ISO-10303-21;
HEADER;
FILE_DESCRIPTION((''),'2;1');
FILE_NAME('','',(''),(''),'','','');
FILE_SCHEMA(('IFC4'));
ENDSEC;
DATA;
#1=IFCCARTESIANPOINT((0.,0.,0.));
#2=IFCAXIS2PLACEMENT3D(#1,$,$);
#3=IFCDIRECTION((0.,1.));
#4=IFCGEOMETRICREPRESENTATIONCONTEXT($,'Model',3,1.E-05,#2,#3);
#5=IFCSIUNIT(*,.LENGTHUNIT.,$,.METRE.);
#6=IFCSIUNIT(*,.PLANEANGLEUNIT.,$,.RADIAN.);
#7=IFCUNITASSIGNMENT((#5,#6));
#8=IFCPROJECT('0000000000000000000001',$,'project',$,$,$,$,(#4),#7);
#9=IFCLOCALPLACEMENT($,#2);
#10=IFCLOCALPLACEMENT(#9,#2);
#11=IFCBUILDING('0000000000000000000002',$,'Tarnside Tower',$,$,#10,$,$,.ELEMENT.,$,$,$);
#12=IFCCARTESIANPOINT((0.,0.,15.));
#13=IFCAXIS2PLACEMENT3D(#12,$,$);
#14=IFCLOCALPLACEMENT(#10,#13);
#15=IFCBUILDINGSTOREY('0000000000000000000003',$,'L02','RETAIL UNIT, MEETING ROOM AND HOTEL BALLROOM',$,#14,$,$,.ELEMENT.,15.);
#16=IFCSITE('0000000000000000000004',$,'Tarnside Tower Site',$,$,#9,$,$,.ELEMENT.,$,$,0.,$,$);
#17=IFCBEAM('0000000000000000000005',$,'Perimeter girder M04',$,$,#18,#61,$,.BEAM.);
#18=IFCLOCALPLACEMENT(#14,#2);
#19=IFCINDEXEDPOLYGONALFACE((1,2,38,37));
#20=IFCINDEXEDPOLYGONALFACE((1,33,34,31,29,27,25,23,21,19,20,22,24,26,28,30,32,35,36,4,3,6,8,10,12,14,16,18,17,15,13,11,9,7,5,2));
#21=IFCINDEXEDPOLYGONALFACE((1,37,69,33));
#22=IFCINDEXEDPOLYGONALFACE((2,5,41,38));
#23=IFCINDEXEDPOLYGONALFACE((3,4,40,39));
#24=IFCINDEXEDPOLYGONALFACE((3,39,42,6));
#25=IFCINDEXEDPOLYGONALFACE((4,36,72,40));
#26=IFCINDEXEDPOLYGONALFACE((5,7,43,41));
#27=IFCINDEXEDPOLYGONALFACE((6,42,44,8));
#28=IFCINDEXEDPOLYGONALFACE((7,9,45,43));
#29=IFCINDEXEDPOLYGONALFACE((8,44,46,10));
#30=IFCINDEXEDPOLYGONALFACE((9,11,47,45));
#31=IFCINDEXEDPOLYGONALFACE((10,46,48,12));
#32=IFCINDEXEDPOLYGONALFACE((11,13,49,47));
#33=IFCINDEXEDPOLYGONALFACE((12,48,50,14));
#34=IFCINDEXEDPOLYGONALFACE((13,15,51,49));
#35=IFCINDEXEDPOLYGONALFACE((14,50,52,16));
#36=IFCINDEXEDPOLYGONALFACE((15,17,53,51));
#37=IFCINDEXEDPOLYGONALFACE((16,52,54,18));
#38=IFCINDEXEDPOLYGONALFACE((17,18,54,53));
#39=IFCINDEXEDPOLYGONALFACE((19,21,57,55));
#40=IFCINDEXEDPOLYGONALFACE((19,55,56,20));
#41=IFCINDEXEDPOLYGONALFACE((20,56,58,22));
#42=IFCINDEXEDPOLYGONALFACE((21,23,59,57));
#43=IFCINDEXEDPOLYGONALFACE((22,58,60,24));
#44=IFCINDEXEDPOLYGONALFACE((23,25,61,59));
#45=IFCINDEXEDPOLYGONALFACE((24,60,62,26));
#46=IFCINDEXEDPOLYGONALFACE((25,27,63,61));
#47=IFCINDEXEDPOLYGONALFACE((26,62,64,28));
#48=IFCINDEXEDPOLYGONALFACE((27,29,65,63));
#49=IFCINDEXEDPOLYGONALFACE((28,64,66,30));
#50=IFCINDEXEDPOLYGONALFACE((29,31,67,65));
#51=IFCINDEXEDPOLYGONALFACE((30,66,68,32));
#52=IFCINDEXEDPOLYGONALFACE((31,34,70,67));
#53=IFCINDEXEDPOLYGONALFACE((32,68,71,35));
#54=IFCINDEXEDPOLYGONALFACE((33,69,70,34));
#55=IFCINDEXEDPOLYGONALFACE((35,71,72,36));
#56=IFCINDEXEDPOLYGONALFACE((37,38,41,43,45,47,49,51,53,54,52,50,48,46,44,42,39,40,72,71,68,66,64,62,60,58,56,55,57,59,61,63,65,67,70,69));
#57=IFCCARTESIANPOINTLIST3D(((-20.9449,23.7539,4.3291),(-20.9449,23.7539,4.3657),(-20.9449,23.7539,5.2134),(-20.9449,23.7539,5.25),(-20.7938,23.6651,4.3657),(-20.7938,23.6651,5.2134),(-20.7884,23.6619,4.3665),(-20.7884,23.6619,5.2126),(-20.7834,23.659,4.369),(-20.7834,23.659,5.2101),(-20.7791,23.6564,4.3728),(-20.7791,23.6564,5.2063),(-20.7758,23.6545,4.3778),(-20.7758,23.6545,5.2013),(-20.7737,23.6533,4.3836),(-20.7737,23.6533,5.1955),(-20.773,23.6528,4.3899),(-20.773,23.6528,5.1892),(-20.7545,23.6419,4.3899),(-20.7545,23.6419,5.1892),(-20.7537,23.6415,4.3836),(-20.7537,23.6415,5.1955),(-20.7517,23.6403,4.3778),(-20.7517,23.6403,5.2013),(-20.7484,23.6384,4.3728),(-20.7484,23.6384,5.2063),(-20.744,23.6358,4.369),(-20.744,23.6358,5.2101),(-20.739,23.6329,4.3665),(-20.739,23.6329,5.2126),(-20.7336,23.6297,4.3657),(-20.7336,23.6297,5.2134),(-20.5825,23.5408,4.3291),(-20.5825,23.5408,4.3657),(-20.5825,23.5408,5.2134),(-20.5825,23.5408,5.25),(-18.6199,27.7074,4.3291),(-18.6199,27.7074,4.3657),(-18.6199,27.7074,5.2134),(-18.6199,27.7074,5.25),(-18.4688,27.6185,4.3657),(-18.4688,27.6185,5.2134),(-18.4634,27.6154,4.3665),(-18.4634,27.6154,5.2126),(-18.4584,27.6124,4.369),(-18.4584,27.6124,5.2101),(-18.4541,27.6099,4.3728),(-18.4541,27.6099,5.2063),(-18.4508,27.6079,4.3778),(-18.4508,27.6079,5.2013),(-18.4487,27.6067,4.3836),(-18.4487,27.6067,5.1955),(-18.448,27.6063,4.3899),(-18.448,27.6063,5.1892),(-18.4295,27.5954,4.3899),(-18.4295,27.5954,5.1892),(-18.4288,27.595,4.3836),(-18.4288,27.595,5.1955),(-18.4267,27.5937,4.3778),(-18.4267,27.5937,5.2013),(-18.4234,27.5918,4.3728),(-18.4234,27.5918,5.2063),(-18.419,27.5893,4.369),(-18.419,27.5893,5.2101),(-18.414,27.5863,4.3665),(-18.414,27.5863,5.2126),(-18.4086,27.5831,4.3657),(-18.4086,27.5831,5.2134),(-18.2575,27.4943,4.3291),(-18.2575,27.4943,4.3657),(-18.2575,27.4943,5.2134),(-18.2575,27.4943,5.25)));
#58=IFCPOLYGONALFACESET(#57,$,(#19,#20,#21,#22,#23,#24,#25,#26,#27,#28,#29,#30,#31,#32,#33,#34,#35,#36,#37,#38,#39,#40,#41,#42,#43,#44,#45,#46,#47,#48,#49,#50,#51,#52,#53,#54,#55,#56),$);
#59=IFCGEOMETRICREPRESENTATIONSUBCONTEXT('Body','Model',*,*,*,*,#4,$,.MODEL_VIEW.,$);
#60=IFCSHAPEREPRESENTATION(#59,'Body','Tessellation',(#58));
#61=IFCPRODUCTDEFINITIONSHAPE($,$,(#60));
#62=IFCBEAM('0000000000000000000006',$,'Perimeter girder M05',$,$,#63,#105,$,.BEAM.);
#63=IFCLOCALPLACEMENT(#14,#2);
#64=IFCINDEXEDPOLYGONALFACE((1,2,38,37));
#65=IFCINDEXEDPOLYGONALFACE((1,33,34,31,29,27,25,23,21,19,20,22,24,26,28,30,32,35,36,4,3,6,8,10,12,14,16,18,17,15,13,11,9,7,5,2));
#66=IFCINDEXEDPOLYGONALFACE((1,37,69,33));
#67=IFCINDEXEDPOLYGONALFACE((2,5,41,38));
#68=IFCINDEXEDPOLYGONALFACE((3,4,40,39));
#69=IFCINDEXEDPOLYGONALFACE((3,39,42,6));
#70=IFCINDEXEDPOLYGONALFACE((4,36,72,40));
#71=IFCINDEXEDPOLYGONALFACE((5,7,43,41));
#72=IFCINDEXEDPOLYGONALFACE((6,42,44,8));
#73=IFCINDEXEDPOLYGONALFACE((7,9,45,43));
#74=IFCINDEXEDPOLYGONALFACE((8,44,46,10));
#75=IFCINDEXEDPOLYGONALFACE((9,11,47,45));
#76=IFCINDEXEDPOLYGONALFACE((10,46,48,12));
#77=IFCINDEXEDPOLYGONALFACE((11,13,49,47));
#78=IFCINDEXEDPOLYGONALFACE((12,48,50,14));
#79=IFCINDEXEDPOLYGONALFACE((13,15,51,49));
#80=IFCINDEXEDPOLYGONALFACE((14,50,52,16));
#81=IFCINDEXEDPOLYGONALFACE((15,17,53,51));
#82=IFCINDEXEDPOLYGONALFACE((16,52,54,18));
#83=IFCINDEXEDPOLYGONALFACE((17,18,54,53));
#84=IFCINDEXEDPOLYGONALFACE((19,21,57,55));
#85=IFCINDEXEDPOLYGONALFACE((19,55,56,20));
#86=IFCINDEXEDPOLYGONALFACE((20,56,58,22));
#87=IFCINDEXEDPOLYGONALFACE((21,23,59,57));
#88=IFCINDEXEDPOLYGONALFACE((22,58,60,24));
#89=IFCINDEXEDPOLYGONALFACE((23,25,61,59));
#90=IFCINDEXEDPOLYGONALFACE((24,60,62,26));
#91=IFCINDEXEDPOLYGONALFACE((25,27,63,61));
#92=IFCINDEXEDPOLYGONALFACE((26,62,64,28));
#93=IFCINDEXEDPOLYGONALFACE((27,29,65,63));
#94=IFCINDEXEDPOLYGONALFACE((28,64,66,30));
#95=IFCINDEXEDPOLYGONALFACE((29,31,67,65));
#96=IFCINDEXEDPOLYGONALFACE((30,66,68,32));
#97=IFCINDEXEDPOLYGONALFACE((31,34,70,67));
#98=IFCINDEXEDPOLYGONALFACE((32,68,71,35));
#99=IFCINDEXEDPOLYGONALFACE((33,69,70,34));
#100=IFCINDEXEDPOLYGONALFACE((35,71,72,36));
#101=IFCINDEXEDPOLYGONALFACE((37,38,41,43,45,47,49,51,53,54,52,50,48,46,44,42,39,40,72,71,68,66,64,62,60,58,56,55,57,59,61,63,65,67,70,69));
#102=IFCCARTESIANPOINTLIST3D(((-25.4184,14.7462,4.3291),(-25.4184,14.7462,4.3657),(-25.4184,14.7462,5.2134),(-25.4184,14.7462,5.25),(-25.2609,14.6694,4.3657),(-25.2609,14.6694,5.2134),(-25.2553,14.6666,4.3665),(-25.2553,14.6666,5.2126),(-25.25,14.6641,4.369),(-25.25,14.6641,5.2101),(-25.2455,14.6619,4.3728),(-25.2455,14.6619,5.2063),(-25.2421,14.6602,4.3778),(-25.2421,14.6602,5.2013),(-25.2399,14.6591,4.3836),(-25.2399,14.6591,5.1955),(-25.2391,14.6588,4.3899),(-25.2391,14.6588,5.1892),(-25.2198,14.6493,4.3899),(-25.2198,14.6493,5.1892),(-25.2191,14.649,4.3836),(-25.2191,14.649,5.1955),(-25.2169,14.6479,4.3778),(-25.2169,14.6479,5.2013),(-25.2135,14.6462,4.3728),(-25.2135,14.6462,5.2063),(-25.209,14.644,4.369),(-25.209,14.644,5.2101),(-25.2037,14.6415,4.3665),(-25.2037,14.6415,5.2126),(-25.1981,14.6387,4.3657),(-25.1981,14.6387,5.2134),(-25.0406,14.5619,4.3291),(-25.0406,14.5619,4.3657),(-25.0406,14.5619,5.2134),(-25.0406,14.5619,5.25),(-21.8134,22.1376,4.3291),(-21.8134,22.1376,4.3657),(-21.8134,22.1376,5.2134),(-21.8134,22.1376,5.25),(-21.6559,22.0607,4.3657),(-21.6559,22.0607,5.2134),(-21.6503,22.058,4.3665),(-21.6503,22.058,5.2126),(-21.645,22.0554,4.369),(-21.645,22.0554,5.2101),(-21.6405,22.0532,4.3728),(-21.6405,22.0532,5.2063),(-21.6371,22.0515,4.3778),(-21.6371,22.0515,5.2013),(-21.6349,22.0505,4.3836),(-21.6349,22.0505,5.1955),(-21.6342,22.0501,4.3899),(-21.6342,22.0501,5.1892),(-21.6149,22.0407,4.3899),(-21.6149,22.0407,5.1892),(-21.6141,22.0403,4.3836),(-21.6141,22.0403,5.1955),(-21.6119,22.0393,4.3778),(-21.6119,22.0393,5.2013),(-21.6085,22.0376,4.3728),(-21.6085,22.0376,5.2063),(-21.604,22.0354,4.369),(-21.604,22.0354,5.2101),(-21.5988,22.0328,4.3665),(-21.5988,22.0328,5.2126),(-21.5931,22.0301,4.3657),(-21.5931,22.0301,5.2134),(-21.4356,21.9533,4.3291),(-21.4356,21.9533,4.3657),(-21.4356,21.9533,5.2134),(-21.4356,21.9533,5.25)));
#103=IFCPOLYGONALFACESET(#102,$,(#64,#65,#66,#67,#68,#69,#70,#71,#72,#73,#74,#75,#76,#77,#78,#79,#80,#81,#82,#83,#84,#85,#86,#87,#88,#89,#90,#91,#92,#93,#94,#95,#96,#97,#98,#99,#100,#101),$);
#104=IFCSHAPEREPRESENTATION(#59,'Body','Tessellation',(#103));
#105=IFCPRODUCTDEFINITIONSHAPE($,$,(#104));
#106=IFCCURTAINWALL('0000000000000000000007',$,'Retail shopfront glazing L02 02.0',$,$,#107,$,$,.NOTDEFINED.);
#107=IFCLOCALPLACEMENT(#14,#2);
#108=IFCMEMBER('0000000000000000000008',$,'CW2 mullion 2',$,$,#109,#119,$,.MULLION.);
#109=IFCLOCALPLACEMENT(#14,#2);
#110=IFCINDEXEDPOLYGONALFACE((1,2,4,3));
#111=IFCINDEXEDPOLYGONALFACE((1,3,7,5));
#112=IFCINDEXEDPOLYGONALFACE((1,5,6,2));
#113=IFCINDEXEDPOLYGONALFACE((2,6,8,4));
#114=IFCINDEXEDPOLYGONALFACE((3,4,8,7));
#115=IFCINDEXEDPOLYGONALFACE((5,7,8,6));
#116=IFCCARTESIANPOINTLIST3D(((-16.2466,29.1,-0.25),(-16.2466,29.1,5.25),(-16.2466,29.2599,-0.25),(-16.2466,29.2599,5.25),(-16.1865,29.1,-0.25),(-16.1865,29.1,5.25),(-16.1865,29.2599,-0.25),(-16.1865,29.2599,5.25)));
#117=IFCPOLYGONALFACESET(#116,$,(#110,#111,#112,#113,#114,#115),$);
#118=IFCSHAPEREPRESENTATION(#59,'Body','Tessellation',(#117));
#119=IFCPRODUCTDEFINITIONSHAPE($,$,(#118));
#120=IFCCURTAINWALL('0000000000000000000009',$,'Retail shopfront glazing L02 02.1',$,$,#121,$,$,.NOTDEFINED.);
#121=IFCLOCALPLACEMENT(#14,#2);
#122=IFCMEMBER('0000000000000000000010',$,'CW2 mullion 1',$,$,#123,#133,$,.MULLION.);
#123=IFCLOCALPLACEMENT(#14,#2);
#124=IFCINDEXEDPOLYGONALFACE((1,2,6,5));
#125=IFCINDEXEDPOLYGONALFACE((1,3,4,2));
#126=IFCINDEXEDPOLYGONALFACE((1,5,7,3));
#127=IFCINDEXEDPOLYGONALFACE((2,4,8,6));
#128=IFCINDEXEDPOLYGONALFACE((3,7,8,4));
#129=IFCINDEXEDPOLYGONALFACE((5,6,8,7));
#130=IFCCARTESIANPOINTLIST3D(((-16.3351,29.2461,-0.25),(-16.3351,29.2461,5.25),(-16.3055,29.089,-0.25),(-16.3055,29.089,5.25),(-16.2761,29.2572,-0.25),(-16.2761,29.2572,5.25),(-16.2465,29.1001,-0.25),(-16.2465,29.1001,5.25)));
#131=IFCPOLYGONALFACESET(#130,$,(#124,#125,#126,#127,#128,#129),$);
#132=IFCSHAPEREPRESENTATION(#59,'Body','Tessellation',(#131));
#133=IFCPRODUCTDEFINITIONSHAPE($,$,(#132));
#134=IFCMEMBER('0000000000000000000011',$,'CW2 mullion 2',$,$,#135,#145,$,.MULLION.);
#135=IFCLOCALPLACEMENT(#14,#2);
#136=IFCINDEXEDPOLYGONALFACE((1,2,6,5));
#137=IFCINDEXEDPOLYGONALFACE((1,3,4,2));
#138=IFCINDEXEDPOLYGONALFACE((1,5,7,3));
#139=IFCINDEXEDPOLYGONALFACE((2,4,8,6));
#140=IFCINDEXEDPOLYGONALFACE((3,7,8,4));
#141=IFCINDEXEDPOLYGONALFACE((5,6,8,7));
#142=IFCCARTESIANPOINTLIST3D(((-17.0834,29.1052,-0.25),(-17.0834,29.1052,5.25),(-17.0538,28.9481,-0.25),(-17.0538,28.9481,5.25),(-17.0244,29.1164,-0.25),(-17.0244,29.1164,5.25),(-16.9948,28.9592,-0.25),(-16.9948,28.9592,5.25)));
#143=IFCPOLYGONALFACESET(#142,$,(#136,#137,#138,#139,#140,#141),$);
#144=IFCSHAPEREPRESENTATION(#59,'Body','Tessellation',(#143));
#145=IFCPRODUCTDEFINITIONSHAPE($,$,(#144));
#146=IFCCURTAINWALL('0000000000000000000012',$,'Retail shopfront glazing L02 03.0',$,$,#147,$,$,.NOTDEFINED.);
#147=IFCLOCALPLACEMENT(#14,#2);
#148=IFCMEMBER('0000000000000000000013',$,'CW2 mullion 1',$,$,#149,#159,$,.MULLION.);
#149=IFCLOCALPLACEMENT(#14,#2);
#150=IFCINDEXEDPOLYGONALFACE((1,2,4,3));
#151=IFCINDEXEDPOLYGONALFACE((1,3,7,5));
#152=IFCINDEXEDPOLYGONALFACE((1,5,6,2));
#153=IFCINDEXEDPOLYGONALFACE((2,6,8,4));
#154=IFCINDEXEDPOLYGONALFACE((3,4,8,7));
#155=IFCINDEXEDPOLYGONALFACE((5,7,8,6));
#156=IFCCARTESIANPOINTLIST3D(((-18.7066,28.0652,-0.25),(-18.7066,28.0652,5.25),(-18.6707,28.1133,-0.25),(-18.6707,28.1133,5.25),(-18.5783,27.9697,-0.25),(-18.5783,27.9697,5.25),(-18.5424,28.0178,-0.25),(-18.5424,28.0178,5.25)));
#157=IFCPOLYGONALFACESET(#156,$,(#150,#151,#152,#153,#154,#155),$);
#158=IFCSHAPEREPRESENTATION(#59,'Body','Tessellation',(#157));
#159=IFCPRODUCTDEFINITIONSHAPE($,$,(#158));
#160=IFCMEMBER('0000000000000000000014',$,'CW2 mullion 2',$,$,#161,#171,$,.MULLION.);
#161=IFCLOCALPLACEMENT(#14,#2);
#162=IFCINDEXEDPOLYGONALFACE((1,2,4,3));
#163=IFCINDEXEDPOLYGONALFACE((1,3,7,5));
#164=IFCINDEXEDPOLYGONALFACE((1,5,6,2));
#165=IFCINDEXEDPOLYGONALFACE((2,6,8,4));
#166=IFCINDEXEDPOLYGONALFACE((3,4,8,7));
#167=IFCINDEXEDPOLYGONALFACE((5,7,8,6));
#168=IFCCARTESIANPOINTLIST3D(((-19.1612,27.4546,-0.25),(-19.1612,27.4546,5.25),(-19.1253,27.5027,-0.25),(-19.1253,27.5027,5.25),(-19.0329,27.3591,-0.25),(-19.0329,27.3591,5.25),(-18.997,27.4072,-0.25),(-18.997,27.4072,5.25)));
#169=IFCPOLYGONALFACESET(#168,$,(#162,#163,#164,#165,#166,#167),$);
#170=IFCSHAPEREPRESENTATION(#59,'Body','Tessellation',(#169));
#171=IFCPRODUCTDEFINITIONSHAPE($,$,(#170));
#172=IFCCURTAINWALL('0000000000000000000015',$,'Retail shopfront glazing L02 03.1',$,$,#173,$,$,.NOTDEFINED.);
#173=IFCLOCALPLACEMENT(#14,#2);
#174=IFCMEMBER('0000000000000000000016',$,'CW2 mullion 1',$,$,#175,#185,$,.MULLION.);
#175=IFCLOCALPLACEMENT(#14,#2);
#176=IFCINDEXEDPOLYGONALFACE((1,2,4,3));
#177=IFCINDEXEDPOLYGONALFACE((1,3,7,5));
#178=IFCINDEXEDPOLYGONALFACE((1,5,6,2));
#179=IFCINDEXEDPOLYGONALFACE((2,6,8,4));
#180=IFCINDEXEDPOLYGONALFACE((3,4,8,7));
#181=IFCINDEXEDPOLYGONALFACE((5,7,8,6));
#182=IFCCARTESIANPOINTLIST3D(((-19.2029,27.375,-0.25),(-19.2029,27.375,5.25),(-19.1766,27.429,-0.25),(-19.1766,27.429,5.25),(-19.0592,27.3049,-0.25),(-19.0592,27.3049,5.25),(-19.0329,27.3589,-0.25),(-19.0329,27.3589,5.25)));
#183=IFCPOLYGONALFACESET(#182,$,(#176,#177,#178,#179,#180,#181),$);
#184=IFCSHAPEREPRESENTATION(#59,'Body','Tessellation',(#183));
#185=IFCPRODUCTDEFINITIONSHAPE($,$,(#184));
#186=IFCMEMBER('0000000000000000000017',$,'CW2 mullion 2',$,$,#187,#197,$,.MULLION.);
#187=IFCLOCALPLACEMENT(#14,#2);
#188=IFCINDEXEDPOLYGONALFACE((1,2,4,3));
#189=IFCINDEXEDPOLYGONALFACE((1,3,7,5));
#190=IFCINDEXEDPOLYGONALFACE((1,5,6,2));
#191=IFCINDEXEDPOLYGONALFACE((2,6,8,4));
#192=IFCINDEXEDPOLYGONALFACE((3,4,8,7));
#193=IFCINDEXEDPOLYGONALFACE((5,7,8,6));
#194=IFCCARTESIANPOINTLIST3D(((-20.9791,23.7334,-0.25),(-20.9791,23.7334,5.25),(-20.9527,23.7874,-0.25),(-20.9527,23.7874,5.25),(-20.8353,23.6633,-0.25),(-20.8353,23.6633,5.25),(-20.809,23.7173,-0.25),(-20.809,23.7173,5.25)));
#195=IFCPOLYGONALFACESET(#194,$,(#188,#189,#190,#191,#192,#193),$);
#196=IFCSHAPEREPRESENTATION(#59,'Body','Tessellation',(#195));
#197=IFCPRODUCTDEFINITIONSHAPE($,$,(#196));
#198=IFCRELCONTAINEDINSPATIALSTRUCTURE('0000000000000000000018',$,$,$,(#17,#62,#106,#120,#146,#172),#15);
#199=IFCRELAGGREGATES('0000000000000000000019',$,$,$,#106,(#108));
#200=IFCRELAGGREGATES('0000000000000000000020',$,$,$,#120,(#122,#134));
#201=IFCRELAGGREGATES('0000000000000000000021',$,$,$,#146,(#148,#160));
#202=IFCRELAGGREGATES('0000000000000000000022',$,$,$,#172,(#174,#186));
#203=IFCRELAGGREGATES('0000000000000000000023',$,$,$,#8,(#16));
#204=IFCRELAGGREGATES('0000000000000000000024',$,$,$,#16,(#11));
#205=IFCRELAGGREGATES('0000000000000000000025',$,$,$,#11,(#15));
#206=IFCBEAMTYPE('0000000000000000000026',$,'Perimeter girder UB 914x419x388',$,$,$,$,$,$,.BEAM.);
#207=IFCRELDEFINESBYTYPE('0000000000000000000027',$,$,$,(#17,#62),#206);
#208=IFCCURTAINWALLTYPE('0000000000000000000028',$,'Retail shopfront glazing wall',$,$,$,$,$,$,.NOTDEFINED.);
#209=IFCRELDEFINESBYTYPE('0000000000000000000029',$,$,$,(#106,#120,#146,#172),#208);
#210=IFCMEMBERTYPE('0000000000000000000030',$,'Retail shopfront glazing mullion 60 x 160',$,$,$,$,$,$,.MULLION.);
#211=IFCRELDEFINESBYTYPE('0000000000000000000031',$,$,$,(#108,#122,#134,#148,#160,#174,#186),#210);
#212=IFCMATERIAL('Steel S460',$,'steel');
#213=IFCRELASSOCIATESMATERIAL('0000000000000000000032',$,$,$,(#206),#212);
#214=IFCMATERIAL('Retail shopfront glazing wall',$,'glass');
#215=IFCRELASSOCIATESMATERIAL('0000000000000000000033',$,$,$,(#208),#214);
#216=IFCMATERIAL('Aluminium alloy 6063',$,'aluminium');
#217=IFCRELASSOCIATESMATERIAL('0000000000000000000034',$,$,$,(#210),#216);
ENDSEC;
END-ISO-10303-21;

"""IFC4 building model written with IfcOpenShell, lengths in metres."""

from ifc_helpers import new_model, si_unit, direction, frame, origin, origin_2d, place, context, subcontext, project, spatial, rectangle, i_section, extrude, material, material_profile, profile_set, type_object, element, aggregate, save


model = new_model("IFC4")

# Units and contexts
model_context = context("Model", 3, precision=1e-05, world=origin(), true_north=direction((0.0, 1.0)))
body_context = subcontext(model_context, "Body", "Model", "MODEL_VIEW")
ifc_project = project(units=[si_unit("LENGTHUNIT", "METRE"), si_unit("PLANEANGLEUNIT", "RADIAN")], contexts=[model_context])

# Site, building, storey
site_placement = place(None, origin())
site = spatial("IfcSite", under=ifc_project, at=site_placement, Name="Tarnside Tower Site", CompositionType="ELEMENT", RefElevation=0.0)
building_placement = place(site_placement, origin())
building = spatial("IfcBuilding", under=site, at=building_placement, Name="Tarnside Tower", CompositionType="ELEMENT")
storey_placement = place(building_placement, frame((0.0, 0.0, 15.0)))
storey = spatial("IfcBuildingStorey", under=building, at=storey_placement, Name="L02", Description="RETAIL UNIT, MEETING ROOM AND HOTEL BALLROOM", CompositionType="ELEMENT", Elevation=15.0)

# Shared definitions
ifc_material_1 = material(Name="Steel S460", Category="steel")

# Beams
ifc_material_profile_1 = material_profile(ifc_material_1, i_section(OverallWidth=0.4204, OverallDepth=0.9209, WebThickness=0.0215, FlangeThickness=0.0366, FilletRadius=0.0242, at=origin_2d()), Name="UB 914x419x388")
ifc_profile_set_1 = profile_set([ifc_material_profile_1], Name="Steel S460")
beam_type_1 = type_object("IfcBeamType", Name="Perimeter girder UB 914x419x388", PredefinedType="BEAM", material=ifc_profile_set_1)
beam_1_placement = place(storey_placement, frame((-18.4387, 27.6008, 4.7896), z_axis=(-0.506929, -0.861988, 0.0), x_axis=(0.861988, -0.506929, 0.0)))
element("IfcBeam", 1, at=beam_1_placement, inside=storey, type_object=beam_type_1, Name="Perimeter girder M04", PredefinedType="BEAM", context=body_context, shape_type="SweptSolid", body=[
    extrude(i_section(OverallWidth=0.4204, OverallDepth=0.9209, WebThickness=0.0215, FlangeThickness=0.0366, FilletRadius=0.0242, at=origin_2d()), origin(), (0.0, 0.0, 1.0), 4.5864),
])
beam_2_placement = place(storey_placement, frame((-21.6245, 22.0454, 4.7896), z_axis=(-0.438369, -0.898795, 0.0), x_axis=(0.898795, -0.438369, 0.0)))
element("IfcBeam", 2, at=beam_2_placement, inside=storey, type_object=beam_type_1, Name="Perimeter girder M05", PredefinedType="BEAM", context=body_context, shape_type="SweptSolid", body=[
    extrude(i_section(OverallWidth=0.4204, OverallDepth=0.9209, WebThickness=0.0215, FlangeThickness=0.0366, FilletRadius=0.0242, at=origin_2d()), origin(), (0.0, 0.0, 1.0), 8.2236),
])

# Curtain wall, member
ifc_material_2 = material(Name="Retail shopfront glazing wall", Category="glass")
curtain_wall_type = type_object("IfcCurtainWallType", Name="Retail shopfront glazing wall", PredefinedType="NOTDEFINED", material=ifc_material_2)
curtain_wall_1_placement = place(storey_placement, origin())
curtain_wall_1 = element("IfcCurtainWall", 3, at=curtain_wall_1_placement, inside=storey, type_object=curtain_wall_type, Name="Retail shopfront glazing L02 02.0", PredefinedType="NOTDEFINED")
ifc_material_3 = material(Name="Aluminium alloy 6063", Category="aluminium")
ifc_material_profile_2 = material_profile(ifc_material_3, rectangle(XDim=0.1599, YDim=0.0601, at=origin_2d()), Name="Retail shopfront glazing mullion 60 x 160")
ifc_profile_set_2 = profile_set([ifc_material_profile_2], Name="Aluminium alloy 6063")
member_type_1 = type_object("IfcMemberType", Name="Retail shopfront glazing mullion 60 x 160", PredefinedType="MULLION", material=ifc_profile_set_2)
member_1_placement = place(storey_placement, frame((-16.2166, 29.1799, -0.25), z_axis=(0.0, 0.0, 1.0), x_axis=(0.0, -1.0, 0.0)))
member_1 = element("IfcMember", 4, at=member_1_placement, type_object=member_type_1, Name="CW2 mullion 2", PredefinedType="MULLION", context=body_context, shape_type="SweptSolid", body=[
    extrude(rectangle(XDim=0.1599, YDim=0.0601, at=origin_2d()), origin(), (0.0, 0.0, 1.0), 5.5),
])
aggregate(curtain_wall_1, [member_1])

# Curtain walls, members
curtain_wall_2_placement = place(storey_placement, origin())
curtain_wall_2 = element("IfcCurtainWall", 5, at=curtain_wall_2_placement, inside=storey, type_object=curtain_wall_type, Name="Retail shopfront glazing L02 02.1", PredefinedType="NOTDEFINED")
member_2_placement = place(storey_placement, frame((-16.2908, 29.1731, -0.25), z_axis=(0.0, 0.0, 1.0), x_axis=(0.185095, -0.982721, 0.0)))
member_2 = element("IfcMember", 6, at=member_2_placement, type_object=member_type_1, Name="CW2 mullion 1", PredefinedType="MULLION", context=body_context, shape_type="SweptSolid", body=[
    extrude(rectangle(XDim=0.1599, YDim=0.0601, at=origin_2d()), origin(), (0.0, 0.0, 1.0), 5.5),
])
member_3_placement = place(storey_placement, frame((-17.0391, 29.0322, -0.25), z_axis=(0.0, 0.0, 1.0), x_axis=(0.185095, -0.982721, 0.0)))
member_3 = element("IfcMember", 7, at=member_3_placement, type_object=member_type_1, Name="CW2 mullion 2", PredefinedType="MULLION", context=body_context, shape_type="SweptSolid", body=[
    extrude(rectangle(XDim=0.1599, YDim=0.0601, at=origin_2d()), origin(), (0.0, 0.0, 1.0), 5.5),
])
curtain_wall_3_placement = place(storey_placement, origin())
curtain_wall_3 = element("IfcCurtainWall", 8, at=curtain_wall_3_placement, inside=storey, type_object=curtain_wall_type, Name="Retail shopfront glazing L02 03.0", PredefinedType="NOTDEFINED")
member_4_placement = place(storey_placement, frame((-18.6245, 28.0415, -0.25), z_axis=(0.0, 0.0, 1.0), x_axis=(0.802123, -0.597159, 0.0)))
member_4 = element("IfcMember", 9, at=member_4_placement, type_object=member_type_1, Name="CW2 mullion 1", PredefinedType="MULLION", context=body_context, shape_type="SweptSolid", body=[
    extrude(rectangle(XDim=0.1599, YDim=0.0601, at=origin_2d()), origin(), (0.0, 0.0, 1.0), 5.5),
])
member_5_placement = place(storey_placement, frame((-19.0791, 27.4309, -0.25), z_axis=(0.0, 0.0, 1.0), x_axis=(0.802123, -0.597159, 0.0)))
member_5 = element("IfcMember", 10, at=member_5_placement, type_object=member_type_1, Name="CW2 mullion 2", PredefinedType="MULLION", context=body_context, shape_type="SweptSolid", body=[
    extrude(rectangle(XDim=0.1599, YDim=0.0601, at=origin_2d()), origin(), (0.0, 0.0, 1.0), 5.5),
])
curtain_wall_4_placement = place(storey_placement, origin())
curtain_wall_4 = element("IfcCurtainWall", 11, at=curtain_wall_4_placement, inside=storey, type_object=curtain_wall_type, Name="Retail shopfront glazing L02 03.1", PredefinedType="NOTDEFINED")
member_6_placement = place(storey_placement, frame((-19.1179, 27.3669, -0.25), z_axis=(0.0, 0.0, 1.0), x_axis=(0.898794, -0.438371, 0.0)))
member_6 = element("IfcMember", 12, at=member_6_placement, type_object=member_type_1, Name="CW2 mullion 1", PredefinedType="MULLION", context=body_context, shape_type="SweptSolid", body=[
    extrude(rectangle(XDim=0.1599, YDim=0.0601, at=origin_2d()), origin(), (0.0, 0.0, 1.0), 5.5),
])
member_7_placement = place(storey_placement, frame((-20.894, 23.7253, -0.25), z_axis=(0.0, 0.0, 1.0), x_axis=(0.898794, -0.438371, 0.0)))
member_7 = element("IfcMember", 13, at=member_7_placement, type_object=member_type_1, Name="CW2 mullion 2", PredefinedType="MULLION", context=body_context, shape_type="SweptSolid", body=[
    extrude(rectangle(XDim=0.1599, YDim=0.0601, at=origin_2d()), origin(), (0.0, 0.0, 1.0), 5.5),
])

aggregate(curtain_wall_2, [member_2, member_3])
aggregate(curtain_wall_3, [member_4, member_5])
aggregate(curtain_wall_4, [member_6, member_7])

save(model, "model.ifc")
